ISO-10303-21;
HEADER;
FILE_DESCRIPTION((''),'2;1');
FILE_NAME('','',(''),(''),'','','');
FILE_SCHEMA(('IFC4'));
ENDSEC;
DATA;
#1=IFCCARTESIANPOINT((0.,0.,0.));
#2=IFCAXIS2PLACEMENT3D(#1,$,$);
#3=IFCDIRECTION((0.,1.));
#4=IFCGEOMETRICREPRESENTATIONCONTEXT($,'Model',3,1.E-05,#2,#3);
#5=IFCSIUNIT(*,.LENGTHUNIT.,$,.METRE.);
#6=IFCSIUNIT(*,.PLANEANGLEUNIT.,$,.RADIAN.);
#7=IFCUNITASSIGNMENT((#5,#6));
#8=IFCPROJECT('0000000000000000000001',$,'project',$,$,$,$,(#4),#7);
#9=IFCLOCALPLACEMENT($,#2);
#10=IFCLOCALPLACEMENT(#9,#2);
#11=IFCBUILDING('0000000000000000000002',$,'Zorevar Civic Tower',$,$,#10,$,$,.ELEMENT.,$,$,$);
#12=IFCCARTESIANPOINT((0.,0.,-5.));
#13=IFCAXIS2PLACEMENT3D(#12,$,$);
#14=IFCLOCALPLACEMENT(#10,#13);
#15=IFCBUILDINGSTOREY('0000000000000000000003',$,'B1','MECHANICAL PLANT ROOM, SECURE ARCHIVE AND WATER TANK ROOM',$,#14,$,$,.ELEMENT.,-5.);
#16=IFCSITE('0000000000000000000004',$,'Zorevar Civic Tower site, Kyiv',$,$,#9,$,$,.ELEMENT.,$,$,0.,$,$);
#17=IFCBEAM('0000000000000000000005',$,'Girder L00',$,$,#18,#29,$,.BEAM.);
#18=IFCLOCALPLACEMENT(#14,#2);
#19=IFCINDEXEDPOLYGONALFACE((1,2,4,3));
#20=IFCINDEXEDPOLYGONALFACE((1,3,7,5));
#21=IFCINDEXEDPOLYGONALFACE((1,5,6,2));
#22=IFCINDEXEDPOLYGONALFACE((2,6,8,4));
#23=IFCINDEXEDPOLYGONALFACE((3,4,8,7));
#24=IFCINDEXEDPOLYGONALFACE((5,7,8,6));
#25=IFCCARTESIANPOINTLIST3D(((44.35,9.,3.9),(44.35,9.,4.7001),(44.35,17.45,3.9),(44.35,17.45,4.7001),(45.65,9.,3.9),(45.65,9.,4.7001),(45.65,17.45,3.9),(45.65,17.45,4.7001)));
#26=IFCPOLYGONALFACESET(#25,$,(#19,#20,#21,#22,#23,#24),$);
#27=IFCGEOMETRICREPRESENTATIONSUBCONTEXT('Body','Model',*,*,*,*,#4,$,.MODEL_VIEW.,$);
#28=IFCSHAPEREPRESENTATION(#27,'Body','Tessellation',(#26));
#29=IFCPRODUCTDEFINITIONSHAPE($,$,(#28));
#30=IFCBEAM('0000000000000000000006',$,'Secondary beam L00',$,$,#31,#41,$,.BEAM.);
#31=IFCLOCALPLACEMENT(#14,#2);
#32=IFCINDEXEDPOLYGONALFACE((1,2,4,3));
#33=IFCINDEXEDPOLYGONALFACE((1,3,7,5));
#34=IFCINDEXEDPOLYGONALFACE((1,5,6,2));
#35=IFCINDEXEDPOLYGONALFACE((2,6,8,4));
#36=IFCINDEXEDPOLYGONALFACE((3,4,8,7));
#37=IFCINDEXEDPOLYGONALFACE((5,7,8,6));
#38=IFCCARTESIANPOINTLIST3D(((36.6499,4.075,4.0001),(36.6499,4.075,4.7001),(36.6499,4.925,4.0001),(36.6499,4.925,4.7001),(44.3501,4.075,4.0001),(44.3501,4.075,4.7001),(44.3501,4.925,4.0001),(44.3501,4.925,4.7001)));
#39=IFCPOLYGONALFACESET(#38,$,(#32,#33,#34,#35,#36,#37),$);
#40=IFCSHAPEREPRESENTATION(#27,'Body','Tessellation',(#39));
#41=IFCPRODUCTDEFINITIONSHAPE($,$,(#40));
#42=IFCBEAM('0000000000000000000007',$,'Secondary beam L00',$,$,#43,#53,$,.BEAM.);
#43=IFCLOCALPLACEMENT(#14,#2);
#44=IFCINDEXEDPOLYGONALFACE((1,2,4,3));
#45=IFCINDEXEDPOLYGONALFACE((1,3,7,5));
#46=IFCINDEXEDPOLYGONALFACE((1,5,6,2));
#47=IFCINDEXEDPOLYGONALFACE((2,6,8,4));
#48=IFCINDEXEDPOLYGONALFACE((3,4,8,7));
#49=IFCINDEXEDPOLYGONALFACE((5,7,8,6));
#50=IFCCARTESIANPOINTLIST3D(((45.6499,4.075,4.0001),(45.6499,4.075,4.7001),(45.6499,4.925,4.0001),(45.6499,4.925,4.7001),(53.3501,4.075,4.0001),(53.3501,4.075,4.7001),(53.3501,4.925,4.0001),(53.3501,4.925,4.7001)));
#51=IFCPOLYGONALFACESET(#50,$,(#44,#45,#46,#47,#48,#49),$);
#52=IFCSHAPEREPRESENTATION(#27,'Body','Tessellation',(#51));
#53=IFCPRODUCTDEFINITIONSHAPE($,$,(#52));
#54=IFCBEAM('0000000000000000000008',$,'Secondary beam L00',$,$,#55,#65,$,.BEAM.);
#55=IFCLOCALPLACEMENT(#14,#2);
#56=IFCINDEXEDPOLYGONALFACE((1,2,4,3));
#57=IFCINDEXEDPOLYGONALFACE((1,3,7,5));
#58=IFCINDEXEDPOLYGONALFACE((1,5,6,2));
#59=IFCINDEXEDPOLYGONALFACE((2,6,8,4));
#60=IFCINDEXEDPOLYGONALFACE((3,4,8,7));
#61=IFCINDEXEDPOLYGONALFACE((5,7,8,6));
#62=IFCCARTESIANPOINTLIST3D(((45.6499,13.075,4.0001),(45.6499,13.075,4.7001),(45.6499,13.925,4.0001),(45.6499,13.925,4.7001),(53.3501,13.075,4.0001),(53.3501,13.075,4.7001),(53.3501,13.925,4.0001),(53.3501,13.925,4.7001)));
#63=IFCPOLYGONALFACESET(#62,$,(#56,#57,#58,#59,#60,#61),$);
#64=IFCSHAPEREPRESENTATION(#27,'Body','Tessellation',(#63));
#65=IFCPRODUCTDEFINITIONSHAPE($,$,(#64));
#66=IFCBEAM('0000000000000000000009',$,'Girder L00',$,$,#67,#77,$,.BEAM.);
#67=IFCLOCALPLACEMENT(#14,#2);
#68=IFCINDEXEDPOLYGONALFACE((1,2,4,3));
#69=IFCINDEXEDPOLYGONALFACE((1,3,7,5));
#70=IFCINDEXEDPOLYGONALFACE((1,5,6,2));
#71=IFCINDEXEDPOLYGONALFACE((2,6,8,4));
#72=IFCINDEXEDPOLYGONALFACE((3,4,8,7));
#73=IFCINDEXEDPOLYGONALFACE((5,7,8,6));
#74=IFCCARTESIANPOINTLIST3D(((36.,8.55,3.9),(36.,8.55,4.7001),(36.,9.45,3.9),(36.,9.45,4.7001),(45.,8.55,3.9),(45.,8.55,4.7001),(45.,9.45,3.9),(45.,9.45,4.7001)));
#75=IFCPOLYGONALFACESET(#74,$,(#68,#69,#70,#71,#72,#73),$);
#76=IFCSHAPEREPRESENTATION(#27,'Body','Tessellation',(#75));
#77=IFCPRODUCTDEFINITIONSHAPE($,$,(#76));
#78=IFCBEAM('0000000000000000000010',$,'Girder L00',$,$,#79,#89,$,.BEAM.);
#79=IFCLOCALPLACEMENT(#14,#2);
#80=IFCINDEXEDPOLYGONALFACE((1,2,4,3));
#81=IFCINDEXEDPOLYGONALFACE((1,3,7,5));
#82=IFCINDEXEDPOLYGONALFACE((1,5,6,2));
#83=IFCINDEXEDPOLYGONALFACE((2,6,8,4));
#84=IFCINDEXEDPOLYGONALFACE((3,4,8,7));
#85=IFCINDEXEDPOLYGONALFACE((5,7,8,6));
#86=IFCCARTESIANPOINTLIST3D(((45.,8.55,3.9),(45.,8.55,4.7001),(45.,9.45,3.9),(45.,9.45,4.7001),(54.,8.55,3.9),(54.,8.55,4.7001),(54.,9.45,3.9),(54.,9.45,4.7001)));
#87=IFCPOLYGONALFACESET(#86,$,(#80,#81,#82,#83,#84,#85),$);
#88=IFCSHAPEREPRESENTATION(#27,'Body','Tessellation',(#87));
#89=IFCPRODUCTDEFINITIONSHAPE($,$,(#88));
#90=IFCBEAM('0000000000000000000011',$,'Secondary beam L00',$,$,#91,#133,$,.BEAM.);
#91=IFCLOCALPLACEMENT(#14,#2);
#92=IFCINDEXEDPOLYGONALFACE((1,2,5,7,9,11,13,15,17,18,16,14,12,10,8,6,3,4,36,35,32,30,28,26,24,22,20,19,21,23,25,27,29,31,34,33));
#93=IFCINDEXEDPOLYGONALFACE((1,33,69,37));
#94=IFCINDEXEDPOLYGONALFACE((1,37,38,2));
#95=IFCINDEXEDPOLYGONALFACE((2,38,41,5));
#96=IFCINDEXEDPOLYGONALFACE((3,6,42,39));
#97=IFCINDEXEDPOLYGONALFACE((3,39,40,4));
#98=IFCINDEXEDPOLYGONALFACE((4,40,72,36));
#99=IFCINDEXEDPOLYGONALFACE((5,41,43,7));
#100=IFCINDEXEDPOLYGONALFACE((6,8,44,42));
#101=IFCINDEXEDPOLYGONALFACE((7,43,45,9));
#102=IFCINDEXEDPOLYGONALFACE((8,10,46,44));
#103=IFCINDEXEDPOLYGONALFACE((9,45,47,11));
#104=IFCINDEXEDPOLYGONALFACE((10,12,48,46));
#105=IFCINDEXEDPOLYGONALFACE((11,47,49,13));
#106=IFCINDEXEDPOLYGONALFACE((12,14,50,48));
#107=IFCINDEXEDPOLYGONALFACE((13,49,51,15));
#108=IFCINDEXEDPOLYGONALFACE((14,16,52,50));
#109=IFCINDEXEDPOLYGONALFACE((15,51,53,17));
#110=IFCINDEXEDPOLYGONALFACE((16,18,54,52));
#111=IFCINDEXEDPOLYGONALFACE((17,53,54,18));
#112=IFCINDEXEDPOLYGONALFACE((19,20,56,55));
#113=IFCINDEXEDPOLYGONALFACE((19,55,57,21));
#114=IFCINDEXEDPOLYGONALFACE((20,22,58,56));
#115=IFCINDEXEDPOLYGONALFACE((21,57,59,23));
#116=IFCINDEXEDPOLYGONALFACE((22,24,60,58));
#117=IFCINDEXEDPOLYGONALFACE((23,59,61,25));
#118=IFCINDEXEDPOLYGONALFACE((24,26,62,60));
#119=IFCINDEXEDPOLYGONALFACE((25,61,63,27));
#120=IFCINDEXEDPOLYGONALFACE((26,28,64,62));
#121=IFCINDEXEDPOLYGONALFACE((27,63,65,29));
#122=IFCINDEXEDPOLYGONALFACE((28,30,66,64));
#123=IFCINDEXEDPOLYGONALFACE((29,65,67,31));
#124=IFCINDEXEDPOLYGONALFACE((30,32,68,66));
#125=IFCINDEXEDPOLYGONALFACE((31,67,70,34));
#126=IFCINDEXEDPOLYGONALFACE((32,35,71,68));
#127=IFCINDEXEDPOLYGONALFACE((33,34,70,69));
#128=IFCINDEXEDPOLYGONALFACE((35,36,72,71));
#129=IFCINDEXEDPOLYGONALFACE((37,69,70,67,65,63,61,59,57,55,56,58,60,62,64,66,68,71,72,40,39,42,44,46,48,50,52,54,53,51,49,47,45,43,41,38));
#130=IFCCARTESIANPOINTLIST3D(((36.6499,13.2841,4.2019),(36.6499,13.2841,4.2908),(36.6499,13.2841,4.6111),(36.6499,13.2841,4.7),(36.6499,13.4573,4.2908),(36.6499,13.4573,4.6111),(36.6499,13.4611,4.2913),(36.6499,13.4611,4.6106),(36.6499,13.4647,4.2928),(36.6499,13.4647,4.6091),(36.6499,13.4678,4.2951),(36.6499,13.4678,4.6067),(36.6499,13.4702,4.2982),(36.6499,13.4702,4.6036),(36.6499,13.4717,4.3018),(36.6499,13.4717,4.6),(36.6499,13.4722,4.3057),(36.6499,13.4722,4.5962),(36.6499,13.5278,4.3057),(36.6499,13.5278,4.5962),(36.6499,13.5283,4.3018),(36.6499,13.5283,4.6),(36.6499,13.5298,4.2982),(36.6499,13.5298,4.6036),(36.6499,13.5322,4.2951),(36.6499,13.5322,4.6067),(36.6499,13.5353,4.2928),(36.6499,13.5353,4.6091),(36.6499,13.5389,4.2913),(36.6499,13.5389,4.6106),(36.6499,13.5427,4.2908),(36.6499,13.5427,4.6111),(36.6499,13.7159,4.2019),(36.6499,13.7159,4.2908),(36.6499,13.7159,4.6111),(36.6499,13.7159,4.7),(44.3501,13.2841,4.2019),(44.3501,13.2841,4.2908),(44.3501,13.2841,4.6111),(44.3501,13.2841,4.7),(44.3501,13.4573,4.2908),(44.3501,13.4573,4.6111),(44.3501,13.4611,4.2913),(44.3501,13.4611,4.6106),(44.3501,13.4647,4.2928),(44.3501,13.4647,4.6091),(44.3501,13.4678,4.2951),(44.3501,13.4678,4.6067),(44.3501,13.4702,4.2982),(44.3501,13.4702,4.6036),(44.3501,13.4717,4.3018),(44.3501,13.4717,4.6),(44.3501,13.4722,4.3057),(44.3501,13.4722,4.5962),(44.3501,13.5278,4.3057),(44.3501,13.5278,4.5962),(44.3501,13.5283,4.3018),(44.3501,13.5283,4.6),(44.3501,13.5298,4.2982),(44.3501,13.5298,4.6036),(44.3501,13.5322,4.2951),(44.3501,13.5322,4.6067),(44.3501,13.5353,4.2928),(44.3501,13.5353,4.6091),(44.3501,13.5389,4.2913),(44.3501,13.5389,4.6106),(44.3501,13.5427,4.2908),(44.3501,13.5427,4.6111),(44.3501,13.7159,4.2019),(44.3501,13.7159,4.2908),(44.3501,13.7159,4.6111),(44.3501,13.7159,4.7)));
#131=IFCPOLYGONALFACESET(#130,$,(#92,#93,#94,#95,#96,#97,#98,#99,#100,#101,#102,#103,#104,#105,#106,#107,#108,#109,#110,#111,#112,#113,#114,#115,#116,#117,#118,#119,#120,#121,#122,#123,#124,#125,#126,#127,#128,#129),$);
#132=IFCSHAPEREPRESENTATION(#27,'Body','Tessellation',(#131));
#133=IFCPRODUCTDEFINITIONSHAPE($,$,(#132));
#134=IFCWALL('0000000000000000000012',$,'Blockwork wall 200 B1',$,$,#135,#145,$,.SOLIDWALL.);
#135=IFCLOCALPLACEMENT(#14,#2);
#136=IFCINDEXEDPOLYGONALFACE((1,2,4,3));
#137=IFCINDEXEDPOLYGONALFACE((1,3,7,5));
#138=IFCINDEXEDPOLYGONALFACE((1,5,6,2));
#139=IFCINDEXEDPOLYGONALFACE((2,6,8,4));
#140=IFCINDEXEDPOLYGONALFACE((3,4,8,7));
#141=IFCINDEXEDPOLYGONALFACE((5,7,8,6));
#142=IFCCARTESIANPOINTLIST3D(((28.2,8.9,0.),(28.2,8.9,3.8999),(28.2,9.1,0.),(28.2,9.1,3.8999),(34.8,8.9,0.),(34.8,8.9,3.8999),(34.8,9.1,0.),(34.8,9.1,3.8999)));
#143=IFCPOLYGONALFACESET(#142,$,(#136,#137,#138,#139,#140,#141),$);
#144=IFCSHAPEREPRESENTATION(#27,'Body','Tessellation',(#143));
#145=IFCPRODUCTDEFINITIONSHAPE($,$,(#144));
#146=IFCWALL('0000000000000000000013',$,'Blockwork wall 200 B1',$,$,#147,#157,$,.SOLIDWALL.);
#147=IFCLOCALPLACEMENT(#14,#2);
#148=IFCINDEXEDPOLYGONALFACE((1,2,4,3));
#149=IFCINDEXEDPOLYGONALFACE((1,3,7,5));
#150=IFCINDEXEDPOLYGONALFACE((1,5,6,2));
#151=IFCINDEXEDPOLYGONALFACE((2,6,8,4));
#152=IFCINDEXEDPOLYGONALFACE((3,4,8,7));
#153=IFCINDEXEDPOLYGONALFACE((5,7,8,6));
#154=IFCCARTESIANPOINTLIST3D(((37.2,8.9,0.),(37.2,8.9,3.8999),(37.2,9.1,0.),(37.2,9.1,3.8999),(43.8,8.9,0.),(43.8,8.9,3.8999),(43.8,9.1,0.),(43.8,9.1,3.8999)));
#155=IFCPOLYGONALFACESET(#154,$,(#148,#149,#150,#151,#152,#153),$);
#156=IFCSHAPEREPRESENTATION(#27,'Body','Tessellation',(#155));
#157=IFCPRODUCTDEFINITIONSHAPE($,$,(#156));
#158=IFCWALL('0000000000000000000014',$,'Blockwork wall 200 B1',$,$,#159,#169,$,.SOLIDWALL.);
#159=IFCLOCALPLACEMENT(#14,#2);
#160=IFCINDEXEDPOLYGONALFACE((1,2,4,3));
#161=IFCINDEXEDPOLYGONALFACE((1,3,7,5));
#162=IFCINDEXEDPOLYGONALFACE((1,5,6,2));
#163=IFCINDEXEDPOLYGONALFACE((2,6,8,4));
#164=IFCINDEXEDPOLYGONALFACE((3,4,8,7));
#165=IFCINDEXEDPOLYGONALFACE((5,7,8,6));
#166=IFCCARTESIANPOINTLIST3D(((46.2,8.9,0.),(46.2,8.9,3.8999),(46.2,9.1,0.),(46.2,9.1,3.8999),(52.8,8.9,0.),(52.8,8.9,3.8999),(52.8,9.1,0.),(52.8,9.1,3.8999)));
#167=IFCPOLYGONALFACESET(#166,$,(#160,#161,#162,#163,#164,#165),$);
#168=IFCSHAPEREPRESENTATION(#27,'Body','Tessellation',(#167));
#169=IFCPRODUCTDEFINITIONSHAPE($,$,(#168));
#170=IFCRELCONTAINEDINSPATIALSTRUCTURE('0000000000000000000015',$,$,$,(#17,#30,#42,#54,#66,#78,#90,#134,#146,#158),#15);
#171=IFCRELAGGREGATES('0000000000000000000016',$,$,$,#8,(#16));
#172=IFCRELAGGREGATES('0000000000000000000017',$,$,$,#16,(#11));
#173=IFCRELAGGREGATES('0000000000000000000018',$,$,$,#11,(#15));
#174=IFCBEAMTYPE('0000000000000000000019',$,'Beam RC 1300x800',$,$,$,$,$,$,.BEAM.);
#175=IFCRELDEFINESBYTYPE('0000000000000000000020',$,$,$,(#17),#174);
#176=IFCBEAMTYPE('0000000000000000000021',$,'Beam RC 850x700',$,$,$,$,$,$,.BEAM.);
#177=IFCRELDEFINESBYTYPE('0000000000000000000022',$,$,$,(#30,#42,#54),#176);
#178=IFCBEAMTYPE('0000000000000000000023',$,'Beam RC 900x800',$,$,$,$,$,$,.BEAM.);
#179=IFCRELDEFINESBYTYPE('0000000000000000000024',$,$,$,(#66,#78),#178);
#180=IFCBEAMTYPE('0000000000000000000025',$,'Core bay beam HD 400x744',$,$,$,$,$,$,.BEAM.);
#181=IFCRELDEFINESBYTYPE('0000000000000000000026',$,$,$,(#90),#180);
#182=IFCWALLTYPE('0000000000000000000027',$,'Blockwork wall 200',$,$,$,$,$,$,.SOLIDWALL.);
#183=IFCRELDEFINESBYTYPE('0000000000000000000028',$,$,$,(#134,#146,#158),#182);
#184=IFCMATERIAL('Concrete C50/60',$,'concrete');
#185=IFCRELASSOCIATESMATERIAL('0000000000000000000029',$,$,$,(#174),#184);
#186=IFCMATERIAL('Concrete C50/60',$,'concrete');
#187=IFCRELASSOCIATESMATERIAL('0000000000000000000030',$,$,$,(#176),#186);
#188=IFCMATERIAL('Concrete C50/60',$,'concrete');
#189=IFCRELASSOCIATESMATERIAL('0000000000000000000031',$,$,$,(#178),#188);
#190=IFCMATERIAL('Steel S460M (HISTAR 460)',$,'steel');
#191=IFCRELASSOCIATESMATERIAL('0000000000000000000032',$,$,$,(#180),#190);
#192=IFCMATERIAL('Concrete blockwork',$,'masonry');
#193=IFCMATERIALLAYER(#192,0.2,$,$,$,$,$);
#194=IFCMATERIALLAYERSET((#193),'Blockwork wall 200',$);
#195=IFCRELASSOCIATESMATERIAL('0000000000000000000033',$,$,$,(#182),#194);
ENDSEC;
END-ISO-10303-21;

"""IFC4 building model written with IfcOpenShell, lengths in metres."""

from ifc_helpers import new_model, si_unit, direction, frame, frame_2d, origin, origin_2d, place, context, subcontext, project, spatial, rectangle, i_section, extrude, material, layer, layer_set, material_profile, profile_set, type_object, element, save


model = new_model("IFC4")

# Units and contexts
model_context = context("Model", 3, precision=1e-05, world=origin(), true_north=direction((0.0, 1.0)))
body_context = subcontext(model_context, "Body", "Model", "MODEL_VIEW")
ifc_project = project(units=[si_unit("LENGTHUNIT", "METRE"), si_unit("PLANEANGLEUNIT", "RADIAN")], contexts=[model_context])

# Site, building, storey
site_placement = place(None, origin())
site = spatial("IfcSite", under=ifc_project, at=site_placement, Name="Zorevar Civic Tower site, Kyiv", CompositionType="ELEMENT", RefElevation=0.0)
building_placement = place(site_placement, origin())
building = spatial("IfcBuilding", under=site, at=building_placement, Name="Zorevar Civic Tower", CompositionType="ELEMENT")
storey_placement = place(building_placement, frame((0.0, 0.0, -5.0)))
storey = spatial("IfcBuildingStorey", under=building, at=storey_placement, Name="B1", Description="MECHANICAL PLANT ROOM, SECURE ARCHIVE AND WATER TANK ROOM", CompositionType="ELEMENT", Elevation=-5.0)

# Beams
ifc_material_1 = material(Name="Concrete C50/60", Category="concrete")
ifc_material_profile_1 = material_profile(ifc_material_1, rectangle(XDim=1.3, YDim=0.8, at=origin_2d()), Name="RC 1300x800")
ifc_profile_set_1 = profile_set([ifc_material_profile_1], Name="Concrete C50/60")
beam_type_1 = type_object("IfcBeamType", Name="Beam RC 1300x800", PredefinedType="BEAM", material=ifc_profile_set_1)
beam_1_placement = place(storey_placement, frame((45.0, 9.0, 4.3), z_axis=(0.0, 1.0, 0.0), x_axis=(-1.0, 0.0, 0.0)))
element("IfcBeam", 1, at=beam_1_placement, inside=storey, type_object=beam_type_1, Name="Girder L00", PredefinedType="BEAM", context=body_context, shape_type="SweptSolid", body=[
    extrude(rectangle(XDim=1.3, YDim=0.8, at=origin_2d()), origin(), (0.0, 0.0, 1.0), 8.45),
])
ifc_material_2 = material(Name="Concrete C50/60", Category="concrete")
ifc_material_profile_2 = material_profile(ifc_material_2, rectangle(XDim=0.8501, YDim=0.7, at=origin_2d()), Name="RC 850x700")
ifc_profile_set_2 = profile_set([ifc_material_profile_2], Name="Concrete C50/60")
beam_type_2 = type_object("IfcBeamType", Name="Beam RC 850x700", PredefinedType="BEAM", material=ifc_profile_set_2)
for number, where, z_axis, x_axis, name in (
    (2, (36.6499, 4.5, 4.3501), (1.0, 0.0, 0.0), (0.0, 1.0, 0.0), "Secondary beam L00"),
    (3, (45.6499, 4.5, 4.3501), (1.0, 0.0, 0.0), (0.0, 1.0, 0.0), "Secondary beam L00"),
    (4, (45.6499, 13.5, 4.3501), (1.0, 0.0, 0.0), (0.0, 1.0, 0.0), "Secondary beam L00"),
):
    element("IfcBeam", number, at=place(storey_placement, frame(where, z_axis=z_axis, x_axis=x_axis)), inside=storey, type_object=beam_type_2, Name=name, PredefinedType="BEAM", context=body_context, shape_type="SweptSolid", body=[
        extrude(rectangle(XDim=0.8501, YDim=0.7, at=origin_2d()), origin(), (0.0, 0.0, 1.0), 7.7002),
    ])
ifc_material_3 = material(Name="Concrete C50/60", Category="concrete")
ifc_material_profile_3 = material_profile(ifc_material_3, rectangle(XDim=0.8999, YDim=0.8, at=origin_2d()), Name="RC 900x800")
ifc_profile_set_3 = profile_set([ifc_material_profile_3], Name="Concrete C50/60")
beam_type_3 = type_object("IfcBeamType", Name="Beam RC 900x800", PredefinedType="BEAM", material=ifc_profile_set_3)
for number, where, z_axis, x_axis, name in (
    (5, (36.0, 9.0, 4.3), (1.0, 0.0, 0.0), (0.0, 1.0, 0.0), "Girder L00"),
    (6, (45.0, 9.0, 4.3), (1.0, 0.0, 0.0), (0.0, 1.0, 0.0), "Girder L00"),
):
    element("IfcBeam", number, at=place(storey_placement, frame(where, z_axis=z_axis, x_axis=x_axis)), inside=storey, type_object=beam_type_3, Name=name, PredefinedType="BEAM", context=body_context, shape_type="SweptSolid", body=[
        extrude(rectangle(XDim=0.8999, YDim=0.8, at=origin_2d()), origin(), (0.0, 0.0, 1.0), 9.0),
    ])
ifc_material_4 = material(Name="Steel S460M (HISTAR 460)", Category="steel")
ifc_material_profile_4 = material_profile(ifc_material_4, i_section(OverallWidth=0.4319, OverallDepth=0.498, WebThickness=0.0557, FlangeThickness=0.0889, FilletRadius=0.0149, at=origin_2d()), Name="HD 400x744")
ifc_profile_set_4 = profile_set([ifc_material_profile_4], Name="Steel S460M (HISTAR 460)")
beam_type_4 = type_object("IfcBeamType", Name="Core bay beam HD 400x744", PredefinedType="BEAM", material=ifc_profile_set_4)
beam_2_placement = place(storey_placement, frame((36.6499, 13.5, 4.4509), z_axis=(1.0, 0.0, 0.0), x_axis=(0.0, 1.0, 0.0)))
element("IfcBeam", 7, at=beam_2_placement, inside=storey, type_object=beam_type_4, Name="Secondary beam L00", PredefinedType="BEAM", context=body_context, shape_type="SweptSolid", body=[
    extrude(i_section(OverallWidth=0.4319, OverallDepth=0.498, WebThickness=0.0557, FlangeThickness=0.0889, FilletRadius=0.0149, at=origin_2d()), origin(), (0.0, 0.0, 1.0), 7.7002),
])

# Walls
ifc_material_5 = material(Name="Concrete blockwork", Category="masonry")
ifc_layer = layer(ifc_material_5, 0.2)
ifc_layer_set = layer_set([ifc_layer], Name="Blockwork wall 200")
wall_type = type_object("IfcWallType", Name="Blockwork wall 200", PredefinedType="SOLIDWALL", material=ifc_layer_set)
for number, where, z_axis, x_axis, name in (
    (8, (28.2, 9.0, 0.0), (0.0, 0.0, 1.0), (1.0, 0.0, 0.0), "Blockwork wall 200 B1"),
    (9, (37.2, 9.0, 0.0), (0.0, 0.0, 1.0), (1.0, 0.0, 0.0), "Blockwork wall 200 B1"),
    (10, (46.2, 9.0, 0.0), (0.0, 0.0, 1.0), (1.0, 0.0, 0.0), "Blockwork wall 200 B1"),
):
    element("IfcWall", number, at=place(storey_placement, frame(where, z_axis=z_axis, x_axis=x_axis)), inside=storey, type_object=wall_type, Name=name, PredefinedType="SOLIDWALL", context=body_context, shape_type="SweptSolid", body=[
        extrude(rectangle(XDim=6.6001, YDim=0.2, at=frame_2d((3.3, 0.0))), origin(), (0.0, 0.0, 1.0), 3.8999),
    ])

save(model, "model.ifc")
